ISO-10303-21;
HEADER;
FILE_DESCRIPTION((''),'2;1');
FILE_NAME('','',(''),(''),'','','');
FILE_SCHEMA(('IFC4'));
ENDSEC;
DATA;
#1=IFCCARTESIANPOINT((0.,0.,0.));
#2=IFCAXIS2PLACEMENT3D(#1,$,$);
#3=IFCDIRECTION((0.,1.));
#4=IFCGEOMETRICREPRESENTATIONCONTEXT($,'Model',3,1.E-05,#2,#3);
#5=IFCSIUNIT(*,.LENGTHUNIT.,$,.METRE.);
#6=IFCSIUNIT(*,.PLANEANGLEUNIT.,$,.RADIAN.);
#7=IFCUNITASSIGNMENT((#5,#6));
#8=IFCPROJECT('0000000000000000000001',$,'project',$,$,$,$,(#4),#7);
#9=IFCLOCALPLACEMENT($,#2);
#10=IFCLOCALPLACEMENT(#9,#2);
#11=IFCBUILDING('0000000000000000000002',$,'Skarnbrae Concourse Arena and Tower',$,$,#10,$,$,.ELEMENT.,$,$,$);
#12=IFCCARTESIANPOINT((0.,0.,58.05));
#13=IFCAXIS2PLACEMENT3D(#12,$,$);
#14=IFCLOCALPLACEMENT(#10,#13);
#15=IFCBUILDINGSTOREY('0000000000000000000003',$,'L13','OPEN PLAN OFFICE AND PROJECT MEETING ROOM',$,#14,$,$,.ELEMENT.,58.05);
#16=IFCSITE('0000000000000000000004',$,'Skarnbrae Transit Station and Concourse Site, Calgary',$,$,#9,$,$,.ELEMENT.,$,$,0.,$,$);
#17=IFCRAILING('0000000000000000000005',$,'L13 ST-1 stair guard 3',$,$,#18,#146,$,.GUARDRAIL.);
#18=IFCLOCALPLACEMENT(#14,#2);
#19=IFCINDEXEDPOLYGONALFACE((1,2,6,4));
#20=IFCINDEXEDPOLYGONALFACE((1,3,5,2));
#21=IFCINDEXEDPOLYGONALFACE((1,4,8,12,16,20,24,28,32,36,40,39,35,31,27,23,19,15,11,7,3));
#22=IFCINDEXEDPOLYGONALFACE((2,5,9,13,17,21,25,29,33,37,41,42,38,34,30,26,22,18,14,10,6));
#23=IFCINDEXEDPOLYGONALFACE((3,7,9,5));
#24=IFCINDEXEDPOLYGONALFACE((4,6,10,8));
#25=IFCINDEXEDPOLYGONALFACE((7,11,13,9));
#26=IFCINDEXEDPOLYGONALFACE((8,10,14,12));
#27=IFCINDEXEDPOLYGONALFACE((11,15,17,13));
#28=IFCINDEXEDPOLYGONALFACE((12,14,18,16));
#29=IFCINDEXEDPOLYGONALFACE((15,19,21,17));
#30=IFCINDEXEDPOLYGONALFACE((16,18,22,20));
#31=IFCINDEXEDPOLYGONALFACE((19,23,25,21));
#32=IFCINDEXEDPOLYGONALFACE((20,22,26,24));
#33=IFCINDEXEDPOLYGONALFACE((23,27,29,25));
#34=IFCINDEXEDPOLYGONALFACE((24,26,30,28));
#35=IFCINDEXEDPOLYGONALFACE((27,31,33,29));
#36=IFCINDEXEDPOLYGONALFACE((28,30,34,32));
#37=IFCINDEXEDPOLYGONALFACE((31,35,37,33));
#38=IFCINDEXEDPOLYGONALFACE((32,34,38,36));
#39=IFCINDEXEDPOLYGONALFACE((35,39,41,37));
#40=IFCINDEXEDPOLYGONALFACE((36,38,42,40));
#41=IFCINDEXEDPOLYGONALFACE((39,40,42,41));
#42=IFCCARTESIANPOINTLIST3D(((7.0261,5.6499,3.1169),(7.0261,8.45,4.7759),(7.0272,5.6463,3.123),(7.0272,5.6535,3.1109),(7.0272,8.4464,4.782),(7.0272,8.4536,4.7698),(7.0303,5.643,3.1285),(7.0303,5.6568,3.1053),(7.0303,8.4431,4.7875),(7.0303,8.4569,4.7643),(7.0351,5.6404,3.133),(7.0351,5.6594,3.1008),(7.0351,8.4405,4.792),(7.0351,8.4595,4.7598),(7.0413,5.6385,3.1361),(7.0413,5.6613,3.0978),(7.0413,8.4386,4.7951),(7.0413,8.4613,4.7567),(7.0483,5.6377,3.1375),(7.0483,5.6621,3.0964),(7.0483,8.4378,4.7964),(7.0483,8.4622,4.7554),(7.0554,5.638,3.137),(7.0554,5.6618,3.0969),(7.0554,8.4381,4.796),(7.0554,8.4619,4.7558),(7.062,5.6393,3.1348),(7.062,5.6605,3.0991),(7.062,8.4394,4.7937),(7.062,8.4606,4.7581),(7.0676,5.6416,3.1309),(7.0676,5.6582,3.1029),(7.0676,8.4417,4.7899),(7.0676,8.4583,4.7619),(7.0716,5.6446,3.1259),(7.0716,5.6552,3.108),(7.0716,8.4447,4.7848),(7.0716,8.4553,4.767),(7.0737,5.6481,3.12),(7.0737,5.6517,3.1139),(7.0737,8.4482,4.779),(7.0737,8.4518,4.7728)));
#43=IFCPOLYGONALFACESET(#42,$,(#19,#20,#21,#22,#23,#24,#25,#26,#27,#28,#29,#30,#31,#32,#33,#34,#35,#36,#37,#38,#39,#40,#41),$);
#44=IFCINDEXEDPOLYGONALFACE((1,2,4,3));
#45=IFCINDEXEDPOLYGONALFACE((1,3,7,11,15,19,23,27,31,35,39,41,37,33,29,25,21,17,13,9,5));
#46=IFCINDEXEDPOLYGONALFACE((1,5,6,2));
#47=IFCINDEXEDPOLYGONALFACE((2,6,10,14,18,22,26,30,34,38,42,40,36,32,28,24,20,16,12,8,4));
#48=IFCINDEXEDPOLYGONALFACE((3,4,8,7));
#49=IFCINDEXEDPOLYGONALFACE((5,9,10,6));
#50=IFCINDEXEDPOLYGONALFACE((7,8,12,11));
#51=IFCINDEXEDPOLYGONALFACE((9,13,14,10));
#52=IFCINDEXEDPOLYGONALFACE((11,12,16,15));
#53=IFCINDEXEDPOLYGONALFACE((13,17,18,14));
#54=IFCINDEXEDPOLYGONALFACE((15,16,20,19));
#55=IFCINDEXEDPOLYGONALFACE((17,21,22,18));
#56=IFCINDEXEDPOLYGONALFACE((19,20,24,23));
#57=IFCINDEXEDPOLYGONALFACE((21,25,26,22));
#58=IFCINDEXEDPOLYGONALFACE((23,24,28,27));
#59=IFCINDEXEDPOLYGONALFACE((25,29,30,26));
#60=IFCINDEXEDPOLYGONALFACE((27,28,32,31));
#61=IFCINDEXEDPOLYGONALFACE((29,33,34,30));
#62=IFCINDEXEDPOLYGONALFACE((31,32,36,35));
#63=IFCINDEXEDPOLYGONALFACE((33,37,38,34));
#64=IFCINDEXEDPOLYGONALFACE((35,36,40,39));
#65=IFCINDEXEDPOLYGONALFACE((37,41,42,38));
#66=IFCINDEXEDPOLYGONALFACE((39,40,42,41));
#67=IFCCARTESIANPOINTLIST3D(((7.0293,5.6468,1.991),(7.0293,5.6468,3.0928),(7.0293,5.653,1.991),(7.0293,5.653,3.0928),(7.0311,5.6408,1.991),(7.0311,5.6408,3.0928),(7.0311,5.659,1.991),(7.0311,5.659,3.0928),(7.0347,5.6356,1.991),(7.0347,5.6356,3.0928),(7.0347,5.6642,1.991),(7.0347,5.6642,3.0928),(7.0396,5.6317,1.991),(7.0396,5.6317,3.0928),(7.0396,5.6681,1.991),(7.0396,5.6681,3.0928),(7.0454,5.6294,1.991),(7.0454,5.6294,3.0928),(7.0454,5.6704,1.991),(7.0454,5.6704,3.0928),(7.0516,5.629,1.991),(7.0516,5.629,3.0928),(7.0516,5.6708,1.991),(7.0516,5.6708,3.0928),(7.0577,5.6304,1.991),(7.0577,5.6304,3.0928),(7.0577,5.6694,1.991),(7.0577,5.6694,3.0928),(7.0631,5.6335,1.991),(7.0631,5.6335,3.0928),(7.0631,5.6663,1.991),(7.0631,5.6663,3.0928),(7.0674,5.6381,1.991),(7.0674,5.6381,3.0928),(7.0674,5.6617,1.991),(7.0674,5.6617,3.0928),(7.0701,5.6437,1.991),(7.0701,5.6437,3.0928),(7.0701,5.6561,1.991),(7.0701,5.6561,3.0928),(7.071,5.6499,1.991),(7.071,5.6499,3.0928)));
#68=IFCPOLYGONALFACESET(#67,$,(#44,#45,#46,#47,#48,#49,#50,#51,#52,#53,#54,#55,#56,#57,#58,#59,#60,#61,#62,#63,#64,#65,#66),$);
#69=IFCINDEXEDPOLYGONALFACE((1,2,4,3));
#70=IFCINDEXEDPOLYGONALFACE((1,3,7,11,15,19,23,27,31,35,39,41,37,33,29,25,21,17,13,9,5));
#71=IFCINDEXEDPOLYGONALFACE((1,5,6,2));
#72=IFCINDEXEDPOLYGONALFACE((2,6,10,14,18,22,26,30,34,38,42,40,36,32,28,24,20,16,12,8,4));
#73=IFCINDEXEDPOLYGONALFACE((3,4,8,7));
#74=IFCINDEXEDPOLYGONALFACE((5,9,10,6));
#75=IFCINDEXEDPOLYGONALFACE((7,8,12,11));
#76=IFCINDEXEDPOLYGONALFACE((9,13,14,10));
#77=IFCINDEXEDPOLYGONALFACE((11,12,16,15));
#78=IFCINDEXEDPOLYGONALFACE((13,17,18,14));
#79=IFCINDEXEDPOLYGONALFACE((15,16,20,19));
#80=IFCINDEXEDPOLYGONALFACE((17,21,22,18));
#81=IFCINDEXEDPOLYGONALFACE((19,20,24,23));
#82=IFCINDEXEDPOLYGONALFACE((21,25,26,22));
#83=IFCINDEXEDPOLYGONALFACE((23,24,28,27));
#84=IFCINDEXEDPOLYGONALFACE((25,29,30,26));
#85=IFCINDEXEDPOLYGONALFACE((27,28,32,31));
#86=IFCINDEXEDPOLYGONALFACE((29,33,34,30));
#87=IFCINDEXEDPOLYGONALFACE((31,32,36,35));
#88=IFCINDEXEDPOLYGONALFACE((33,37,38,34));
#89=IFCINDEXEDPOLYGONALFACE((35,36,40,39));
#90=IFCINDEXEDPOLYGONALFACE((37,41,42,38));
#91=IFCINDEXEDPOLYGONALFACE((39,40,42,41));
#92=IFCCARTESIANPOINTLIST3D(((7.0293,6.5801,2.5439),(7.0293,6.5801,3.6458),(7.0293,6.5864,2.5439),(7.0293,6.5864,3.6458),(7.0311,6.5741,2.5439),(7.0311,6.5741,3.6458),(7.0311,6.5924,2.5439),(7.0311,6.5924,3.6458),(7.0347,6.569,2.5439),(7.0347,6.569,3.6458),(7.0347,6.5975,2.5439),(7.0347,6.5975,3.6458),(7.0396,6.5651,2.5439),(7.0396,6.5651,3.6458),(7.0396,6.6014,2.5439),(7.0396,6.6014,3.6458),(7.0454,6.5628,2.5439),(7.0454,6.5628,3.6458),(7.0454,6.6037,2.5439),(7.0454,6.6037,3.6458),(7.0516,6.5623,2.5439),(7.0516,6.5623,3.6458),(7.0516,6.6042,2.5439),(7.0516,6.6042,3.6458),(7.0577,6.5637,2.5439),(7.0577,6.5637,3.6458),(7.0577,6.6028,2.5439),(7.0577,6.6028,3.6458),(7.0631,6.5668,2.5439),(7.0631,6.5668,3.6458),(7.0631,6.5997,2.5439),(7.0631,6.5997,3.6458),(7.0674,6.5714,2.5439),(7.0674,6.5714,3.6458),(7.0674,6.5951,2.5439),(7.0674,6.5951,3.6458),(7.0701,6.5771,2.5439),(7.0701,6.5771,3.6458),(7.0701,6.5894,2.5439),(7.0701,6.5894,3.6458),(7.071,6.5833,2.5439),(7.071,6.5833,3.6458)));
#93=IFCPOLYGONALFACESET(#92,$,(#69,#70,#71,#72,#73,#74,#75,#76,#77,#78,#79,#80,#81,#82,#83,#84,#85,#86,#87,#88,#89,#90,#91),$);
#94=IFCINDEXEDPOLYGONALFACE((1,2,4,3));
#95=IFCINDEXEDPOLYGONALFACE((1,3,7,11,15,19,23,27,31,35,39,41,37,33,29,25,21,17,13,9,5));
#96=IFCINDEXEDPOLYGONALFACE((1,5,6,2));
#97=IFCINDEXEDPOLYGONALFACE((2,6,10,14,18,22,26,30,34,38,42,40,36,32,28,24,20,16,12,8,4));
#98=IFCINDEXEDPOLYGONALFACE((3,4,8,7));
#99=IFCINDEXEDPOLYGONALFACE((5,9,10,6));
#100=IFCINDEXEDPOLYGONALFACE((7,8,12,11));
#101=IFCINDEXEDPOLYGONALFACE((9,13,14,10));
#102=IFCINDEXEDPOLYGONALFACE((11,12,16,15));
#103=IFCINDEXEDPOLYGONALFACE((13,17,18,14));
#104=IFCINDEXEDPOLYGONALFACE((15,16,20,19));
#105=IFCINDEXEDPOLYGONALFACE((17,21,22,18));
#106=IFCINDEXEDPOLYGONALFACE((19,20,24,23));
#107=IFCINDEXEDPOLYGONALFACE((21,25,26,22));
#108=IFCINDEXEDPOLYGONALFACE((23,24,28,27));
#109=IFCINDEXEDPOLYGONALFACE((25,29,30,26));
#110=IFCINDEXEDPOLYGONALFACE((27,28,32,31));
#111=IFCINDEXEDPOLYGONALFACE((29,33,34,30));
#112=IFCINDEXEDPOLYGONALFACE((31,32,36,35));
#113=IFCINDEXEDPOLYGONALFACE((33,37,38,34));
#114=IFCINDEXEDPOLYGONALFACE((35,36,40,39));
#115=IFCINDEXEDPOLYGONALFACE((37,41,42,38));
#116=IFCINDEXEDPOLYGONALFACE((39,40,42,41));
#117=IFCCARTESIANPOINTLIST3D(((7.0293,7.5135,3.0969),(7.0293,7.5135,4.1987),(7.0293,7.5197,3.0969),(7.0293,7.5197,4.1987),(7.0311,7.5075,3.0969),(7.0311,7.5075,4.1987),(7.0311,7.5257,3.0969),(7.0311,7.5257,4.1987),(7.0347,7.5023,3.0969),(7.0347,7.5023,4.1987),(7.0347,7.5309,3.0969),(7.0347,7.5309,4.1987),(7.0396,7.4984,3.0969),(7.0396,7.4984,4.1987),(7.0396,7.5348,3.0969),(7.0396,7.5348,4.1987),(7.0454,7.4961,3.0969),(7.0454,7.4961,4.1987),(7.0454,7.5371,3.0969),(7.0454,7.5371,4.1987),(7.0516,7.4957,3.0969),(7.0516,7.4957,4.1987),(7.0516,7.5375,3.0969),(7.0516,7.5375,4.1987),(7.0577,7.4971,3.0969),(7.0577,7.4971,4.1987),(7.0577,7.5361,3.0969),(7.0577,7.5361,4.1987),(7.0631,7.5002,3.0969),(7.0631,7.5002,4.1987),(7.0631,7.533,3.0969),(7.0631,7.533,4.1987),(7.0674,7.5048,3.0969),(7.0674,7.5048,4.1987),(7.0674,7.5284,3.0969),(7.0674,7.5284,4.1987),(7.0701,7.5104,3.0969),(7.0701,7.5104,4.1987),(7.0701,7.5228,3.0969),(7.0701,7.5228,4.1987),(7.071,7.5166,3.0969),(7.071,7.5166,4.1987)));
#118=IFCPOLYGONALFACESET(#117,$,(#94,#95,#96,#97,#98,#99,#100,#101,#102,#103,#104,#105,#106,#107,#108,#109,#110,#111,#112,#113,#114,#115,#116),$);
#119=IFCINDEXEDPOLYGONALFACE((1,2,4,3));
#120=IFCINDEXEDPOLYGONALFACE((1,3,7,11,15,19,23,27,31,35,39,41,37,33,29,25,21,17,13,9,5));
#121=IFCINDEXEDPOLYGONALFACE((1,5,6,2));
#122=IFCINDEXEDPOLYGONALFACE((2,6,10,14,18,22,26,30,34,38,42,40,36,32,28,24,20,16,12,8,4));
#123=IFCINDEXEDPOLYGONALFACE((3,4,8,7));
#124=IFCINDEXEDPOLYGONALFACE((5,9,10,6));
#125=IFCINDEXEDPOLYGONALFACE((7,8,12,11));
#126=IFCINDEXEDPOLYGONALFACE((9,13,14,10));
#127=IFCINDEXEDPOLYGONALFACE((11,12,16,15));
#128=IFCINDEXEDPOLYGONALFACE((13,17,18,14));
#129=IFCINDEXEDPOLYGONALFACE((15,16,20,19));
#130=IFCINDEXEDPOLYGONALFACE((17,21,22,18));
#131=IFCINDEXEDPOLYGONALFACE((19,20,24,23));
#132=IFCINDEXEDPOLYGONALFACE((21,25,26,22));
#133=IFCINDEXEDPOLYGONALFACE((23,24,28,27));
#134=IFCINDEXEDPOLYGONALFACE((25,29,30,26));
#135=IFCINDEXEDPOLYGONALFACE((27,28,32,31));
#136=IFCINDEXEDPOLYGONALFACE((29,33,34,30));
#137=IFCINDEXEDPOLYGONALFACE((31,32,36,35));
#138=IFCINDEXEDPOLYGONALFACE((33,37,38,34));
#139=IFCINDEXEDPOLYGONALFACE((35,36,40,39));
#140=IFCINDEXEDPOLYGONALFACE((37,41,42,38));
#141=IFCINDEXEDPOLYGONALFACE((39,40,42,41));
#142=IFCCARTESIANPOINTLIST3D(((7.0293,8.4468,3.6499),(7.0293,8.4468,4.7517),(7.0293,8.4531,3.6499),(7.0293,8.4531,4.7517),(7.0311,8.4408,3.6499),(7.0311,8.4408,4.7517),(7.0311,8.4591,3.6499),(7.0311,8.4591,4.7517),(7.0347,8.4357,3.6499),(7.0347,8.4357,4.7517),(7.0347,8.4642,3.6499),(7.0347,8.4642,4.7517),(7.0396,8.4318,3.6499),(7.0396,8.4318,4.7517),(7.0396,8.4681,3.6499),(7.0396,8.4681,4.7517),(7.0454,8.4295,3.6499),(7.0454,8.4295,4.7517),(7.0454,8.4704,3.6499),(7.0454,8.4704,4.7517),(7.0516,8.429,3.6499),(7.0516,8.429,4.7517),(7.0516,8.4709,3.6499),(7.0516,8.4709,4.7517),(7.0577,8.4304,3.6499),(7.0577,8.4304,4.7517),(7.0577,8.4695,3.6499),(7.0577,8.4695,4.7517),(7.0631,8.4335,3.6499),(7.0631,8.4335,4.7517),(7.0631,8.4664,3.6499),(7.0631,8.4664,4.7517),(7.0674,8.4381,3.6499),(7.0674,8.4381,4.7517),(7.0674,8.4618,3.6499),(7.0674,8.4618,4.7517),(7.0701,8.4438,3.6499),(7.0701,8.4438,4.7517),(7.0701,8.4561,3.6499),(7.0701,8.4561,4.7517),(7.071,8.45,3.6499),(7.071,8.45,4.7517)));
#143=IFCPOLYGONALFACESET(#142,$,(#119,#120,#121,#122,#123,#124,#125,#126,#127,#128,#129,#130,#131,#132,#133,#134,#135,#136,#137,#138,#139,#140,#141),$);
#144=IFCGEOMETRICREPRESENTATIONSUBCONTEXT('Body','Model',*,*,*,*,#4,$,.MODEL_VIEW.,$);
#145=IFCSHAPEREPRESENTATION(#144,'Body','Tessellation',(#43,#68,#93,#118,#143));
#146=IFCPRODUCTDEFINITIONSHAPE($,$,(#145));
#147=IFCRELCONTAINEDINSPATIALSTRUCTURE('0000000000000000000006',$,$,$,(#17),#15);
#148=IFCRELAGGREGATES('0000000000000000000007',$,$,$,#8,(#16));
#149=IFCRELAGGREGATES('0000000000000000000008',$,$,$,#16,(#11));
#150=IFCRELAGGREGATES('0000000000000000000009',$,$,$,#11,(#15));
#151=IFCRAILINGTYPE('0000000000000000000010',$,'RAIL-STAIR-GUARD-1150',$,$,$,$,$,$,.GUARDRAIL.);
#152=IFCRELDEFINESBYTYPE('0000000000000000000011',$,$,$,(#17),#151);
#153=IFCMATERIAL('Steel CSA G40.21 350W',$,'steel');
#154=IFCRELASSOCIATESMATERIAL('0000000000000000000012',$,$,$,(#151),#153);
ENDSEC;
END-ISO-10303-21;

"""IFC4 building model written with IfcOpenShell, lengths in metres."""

from ifc_helpers import new_model, si_unit, direction, frame, origin, origin_2d, place, context, subcontext, project, spatial, circle, extrude, material, type_object, element, save


model = new_model("IFC4")

# Units and contexts
model_context = context("Model", 3, precision=1e-05, world=origin(), true_north=direction((0.0, 1.0)))
body_context = subcontext(model_context, "Body", "Model", "MODEL_VIEW")
ifc_project = project(units=[si_unit("LENGTHUNIT", "METRE"), si_unit("PLANEANGLEUNIT", "RADIAN")], contexts=[model_context])

# Site, building, storey
site_placement = place(None, origin())
site = spatial("IfcSite", under=ifc_project, at=site_placement, Name="Skarnbrae Transit Station and Concourse Site, Calgary", CompositionType="ELEMENT", RefElevation=0.0)
building_placement = place(site_placement, origin())
building = spatial("IfcBuilding", under=site, at=building_placement, Name="Skarnbrae Concourse Arena and Tower", CompositionType="ELEMENT")
storey_placement = place(building_placement, frame((0.0, 0.0, 58.05)))
storey = spatial("IfcBuildingStorey", under=building, at=storey_placement, Name="L13", Description="OPEN PLAN OFFICE AND PROJECT MEETING ROOM", CompositionType="ELEMENT", Elevation=58.05)

# Shared definitions
ifc_material_1 = material(Name="Steel CSA G40.21 350W", Category="steel")

# Railing
railing_type_1 = type_object("IfcRailingType", Name="RAIL-STAIR-GUARD-1150", PredefinedType="GUARDRAIL", material=ifc_material_1)
railing_1_placement = place(storey_placement, frame((7.05, 5.6499, 1.991)))
element("IfcRailing", 1, at=railing_1_placement, inside=storey, type_object=railing_type_1, Name="L13 ST-1 stair guard 3", PredefinedType="GUARDRAIL", context=body_context, shape_type="SweptSolid", body=[
    extrude(circle(Radius=0.0239, at=origin_2d()), frame((0.0, 0.0, 1.126), z_axis=(0.0, 0.860339, 0.509722), x_axis=(-1.0, 0.0, 0.0)), (0.0, 0.0, 1.0), 3.2546),
    extrude(circle(Radius=0.021, at=origin_2d()), origin(), (0.0, 0.0, 1.0), 1.1018),
    extrude(circle(Radius=0.021, at=origin_2d()), frame((0.0, 0.9333, 0.553)), (0.0, 0.0, 1.0), 1.1018),
    extrude(circle(Radius=0.021, at=origin_2d()), frame((0.0, 1.8667, 1.106)), (0.0, 0.0, 1.0), 1.1018),
    extrude(circle(Radius=0.021, at=origin_2d()), frame((0.0, 2.8, 1.6589)), (0.0, 0.0, 1.0), 1.1018),
])

save(model, "model.ifc")
